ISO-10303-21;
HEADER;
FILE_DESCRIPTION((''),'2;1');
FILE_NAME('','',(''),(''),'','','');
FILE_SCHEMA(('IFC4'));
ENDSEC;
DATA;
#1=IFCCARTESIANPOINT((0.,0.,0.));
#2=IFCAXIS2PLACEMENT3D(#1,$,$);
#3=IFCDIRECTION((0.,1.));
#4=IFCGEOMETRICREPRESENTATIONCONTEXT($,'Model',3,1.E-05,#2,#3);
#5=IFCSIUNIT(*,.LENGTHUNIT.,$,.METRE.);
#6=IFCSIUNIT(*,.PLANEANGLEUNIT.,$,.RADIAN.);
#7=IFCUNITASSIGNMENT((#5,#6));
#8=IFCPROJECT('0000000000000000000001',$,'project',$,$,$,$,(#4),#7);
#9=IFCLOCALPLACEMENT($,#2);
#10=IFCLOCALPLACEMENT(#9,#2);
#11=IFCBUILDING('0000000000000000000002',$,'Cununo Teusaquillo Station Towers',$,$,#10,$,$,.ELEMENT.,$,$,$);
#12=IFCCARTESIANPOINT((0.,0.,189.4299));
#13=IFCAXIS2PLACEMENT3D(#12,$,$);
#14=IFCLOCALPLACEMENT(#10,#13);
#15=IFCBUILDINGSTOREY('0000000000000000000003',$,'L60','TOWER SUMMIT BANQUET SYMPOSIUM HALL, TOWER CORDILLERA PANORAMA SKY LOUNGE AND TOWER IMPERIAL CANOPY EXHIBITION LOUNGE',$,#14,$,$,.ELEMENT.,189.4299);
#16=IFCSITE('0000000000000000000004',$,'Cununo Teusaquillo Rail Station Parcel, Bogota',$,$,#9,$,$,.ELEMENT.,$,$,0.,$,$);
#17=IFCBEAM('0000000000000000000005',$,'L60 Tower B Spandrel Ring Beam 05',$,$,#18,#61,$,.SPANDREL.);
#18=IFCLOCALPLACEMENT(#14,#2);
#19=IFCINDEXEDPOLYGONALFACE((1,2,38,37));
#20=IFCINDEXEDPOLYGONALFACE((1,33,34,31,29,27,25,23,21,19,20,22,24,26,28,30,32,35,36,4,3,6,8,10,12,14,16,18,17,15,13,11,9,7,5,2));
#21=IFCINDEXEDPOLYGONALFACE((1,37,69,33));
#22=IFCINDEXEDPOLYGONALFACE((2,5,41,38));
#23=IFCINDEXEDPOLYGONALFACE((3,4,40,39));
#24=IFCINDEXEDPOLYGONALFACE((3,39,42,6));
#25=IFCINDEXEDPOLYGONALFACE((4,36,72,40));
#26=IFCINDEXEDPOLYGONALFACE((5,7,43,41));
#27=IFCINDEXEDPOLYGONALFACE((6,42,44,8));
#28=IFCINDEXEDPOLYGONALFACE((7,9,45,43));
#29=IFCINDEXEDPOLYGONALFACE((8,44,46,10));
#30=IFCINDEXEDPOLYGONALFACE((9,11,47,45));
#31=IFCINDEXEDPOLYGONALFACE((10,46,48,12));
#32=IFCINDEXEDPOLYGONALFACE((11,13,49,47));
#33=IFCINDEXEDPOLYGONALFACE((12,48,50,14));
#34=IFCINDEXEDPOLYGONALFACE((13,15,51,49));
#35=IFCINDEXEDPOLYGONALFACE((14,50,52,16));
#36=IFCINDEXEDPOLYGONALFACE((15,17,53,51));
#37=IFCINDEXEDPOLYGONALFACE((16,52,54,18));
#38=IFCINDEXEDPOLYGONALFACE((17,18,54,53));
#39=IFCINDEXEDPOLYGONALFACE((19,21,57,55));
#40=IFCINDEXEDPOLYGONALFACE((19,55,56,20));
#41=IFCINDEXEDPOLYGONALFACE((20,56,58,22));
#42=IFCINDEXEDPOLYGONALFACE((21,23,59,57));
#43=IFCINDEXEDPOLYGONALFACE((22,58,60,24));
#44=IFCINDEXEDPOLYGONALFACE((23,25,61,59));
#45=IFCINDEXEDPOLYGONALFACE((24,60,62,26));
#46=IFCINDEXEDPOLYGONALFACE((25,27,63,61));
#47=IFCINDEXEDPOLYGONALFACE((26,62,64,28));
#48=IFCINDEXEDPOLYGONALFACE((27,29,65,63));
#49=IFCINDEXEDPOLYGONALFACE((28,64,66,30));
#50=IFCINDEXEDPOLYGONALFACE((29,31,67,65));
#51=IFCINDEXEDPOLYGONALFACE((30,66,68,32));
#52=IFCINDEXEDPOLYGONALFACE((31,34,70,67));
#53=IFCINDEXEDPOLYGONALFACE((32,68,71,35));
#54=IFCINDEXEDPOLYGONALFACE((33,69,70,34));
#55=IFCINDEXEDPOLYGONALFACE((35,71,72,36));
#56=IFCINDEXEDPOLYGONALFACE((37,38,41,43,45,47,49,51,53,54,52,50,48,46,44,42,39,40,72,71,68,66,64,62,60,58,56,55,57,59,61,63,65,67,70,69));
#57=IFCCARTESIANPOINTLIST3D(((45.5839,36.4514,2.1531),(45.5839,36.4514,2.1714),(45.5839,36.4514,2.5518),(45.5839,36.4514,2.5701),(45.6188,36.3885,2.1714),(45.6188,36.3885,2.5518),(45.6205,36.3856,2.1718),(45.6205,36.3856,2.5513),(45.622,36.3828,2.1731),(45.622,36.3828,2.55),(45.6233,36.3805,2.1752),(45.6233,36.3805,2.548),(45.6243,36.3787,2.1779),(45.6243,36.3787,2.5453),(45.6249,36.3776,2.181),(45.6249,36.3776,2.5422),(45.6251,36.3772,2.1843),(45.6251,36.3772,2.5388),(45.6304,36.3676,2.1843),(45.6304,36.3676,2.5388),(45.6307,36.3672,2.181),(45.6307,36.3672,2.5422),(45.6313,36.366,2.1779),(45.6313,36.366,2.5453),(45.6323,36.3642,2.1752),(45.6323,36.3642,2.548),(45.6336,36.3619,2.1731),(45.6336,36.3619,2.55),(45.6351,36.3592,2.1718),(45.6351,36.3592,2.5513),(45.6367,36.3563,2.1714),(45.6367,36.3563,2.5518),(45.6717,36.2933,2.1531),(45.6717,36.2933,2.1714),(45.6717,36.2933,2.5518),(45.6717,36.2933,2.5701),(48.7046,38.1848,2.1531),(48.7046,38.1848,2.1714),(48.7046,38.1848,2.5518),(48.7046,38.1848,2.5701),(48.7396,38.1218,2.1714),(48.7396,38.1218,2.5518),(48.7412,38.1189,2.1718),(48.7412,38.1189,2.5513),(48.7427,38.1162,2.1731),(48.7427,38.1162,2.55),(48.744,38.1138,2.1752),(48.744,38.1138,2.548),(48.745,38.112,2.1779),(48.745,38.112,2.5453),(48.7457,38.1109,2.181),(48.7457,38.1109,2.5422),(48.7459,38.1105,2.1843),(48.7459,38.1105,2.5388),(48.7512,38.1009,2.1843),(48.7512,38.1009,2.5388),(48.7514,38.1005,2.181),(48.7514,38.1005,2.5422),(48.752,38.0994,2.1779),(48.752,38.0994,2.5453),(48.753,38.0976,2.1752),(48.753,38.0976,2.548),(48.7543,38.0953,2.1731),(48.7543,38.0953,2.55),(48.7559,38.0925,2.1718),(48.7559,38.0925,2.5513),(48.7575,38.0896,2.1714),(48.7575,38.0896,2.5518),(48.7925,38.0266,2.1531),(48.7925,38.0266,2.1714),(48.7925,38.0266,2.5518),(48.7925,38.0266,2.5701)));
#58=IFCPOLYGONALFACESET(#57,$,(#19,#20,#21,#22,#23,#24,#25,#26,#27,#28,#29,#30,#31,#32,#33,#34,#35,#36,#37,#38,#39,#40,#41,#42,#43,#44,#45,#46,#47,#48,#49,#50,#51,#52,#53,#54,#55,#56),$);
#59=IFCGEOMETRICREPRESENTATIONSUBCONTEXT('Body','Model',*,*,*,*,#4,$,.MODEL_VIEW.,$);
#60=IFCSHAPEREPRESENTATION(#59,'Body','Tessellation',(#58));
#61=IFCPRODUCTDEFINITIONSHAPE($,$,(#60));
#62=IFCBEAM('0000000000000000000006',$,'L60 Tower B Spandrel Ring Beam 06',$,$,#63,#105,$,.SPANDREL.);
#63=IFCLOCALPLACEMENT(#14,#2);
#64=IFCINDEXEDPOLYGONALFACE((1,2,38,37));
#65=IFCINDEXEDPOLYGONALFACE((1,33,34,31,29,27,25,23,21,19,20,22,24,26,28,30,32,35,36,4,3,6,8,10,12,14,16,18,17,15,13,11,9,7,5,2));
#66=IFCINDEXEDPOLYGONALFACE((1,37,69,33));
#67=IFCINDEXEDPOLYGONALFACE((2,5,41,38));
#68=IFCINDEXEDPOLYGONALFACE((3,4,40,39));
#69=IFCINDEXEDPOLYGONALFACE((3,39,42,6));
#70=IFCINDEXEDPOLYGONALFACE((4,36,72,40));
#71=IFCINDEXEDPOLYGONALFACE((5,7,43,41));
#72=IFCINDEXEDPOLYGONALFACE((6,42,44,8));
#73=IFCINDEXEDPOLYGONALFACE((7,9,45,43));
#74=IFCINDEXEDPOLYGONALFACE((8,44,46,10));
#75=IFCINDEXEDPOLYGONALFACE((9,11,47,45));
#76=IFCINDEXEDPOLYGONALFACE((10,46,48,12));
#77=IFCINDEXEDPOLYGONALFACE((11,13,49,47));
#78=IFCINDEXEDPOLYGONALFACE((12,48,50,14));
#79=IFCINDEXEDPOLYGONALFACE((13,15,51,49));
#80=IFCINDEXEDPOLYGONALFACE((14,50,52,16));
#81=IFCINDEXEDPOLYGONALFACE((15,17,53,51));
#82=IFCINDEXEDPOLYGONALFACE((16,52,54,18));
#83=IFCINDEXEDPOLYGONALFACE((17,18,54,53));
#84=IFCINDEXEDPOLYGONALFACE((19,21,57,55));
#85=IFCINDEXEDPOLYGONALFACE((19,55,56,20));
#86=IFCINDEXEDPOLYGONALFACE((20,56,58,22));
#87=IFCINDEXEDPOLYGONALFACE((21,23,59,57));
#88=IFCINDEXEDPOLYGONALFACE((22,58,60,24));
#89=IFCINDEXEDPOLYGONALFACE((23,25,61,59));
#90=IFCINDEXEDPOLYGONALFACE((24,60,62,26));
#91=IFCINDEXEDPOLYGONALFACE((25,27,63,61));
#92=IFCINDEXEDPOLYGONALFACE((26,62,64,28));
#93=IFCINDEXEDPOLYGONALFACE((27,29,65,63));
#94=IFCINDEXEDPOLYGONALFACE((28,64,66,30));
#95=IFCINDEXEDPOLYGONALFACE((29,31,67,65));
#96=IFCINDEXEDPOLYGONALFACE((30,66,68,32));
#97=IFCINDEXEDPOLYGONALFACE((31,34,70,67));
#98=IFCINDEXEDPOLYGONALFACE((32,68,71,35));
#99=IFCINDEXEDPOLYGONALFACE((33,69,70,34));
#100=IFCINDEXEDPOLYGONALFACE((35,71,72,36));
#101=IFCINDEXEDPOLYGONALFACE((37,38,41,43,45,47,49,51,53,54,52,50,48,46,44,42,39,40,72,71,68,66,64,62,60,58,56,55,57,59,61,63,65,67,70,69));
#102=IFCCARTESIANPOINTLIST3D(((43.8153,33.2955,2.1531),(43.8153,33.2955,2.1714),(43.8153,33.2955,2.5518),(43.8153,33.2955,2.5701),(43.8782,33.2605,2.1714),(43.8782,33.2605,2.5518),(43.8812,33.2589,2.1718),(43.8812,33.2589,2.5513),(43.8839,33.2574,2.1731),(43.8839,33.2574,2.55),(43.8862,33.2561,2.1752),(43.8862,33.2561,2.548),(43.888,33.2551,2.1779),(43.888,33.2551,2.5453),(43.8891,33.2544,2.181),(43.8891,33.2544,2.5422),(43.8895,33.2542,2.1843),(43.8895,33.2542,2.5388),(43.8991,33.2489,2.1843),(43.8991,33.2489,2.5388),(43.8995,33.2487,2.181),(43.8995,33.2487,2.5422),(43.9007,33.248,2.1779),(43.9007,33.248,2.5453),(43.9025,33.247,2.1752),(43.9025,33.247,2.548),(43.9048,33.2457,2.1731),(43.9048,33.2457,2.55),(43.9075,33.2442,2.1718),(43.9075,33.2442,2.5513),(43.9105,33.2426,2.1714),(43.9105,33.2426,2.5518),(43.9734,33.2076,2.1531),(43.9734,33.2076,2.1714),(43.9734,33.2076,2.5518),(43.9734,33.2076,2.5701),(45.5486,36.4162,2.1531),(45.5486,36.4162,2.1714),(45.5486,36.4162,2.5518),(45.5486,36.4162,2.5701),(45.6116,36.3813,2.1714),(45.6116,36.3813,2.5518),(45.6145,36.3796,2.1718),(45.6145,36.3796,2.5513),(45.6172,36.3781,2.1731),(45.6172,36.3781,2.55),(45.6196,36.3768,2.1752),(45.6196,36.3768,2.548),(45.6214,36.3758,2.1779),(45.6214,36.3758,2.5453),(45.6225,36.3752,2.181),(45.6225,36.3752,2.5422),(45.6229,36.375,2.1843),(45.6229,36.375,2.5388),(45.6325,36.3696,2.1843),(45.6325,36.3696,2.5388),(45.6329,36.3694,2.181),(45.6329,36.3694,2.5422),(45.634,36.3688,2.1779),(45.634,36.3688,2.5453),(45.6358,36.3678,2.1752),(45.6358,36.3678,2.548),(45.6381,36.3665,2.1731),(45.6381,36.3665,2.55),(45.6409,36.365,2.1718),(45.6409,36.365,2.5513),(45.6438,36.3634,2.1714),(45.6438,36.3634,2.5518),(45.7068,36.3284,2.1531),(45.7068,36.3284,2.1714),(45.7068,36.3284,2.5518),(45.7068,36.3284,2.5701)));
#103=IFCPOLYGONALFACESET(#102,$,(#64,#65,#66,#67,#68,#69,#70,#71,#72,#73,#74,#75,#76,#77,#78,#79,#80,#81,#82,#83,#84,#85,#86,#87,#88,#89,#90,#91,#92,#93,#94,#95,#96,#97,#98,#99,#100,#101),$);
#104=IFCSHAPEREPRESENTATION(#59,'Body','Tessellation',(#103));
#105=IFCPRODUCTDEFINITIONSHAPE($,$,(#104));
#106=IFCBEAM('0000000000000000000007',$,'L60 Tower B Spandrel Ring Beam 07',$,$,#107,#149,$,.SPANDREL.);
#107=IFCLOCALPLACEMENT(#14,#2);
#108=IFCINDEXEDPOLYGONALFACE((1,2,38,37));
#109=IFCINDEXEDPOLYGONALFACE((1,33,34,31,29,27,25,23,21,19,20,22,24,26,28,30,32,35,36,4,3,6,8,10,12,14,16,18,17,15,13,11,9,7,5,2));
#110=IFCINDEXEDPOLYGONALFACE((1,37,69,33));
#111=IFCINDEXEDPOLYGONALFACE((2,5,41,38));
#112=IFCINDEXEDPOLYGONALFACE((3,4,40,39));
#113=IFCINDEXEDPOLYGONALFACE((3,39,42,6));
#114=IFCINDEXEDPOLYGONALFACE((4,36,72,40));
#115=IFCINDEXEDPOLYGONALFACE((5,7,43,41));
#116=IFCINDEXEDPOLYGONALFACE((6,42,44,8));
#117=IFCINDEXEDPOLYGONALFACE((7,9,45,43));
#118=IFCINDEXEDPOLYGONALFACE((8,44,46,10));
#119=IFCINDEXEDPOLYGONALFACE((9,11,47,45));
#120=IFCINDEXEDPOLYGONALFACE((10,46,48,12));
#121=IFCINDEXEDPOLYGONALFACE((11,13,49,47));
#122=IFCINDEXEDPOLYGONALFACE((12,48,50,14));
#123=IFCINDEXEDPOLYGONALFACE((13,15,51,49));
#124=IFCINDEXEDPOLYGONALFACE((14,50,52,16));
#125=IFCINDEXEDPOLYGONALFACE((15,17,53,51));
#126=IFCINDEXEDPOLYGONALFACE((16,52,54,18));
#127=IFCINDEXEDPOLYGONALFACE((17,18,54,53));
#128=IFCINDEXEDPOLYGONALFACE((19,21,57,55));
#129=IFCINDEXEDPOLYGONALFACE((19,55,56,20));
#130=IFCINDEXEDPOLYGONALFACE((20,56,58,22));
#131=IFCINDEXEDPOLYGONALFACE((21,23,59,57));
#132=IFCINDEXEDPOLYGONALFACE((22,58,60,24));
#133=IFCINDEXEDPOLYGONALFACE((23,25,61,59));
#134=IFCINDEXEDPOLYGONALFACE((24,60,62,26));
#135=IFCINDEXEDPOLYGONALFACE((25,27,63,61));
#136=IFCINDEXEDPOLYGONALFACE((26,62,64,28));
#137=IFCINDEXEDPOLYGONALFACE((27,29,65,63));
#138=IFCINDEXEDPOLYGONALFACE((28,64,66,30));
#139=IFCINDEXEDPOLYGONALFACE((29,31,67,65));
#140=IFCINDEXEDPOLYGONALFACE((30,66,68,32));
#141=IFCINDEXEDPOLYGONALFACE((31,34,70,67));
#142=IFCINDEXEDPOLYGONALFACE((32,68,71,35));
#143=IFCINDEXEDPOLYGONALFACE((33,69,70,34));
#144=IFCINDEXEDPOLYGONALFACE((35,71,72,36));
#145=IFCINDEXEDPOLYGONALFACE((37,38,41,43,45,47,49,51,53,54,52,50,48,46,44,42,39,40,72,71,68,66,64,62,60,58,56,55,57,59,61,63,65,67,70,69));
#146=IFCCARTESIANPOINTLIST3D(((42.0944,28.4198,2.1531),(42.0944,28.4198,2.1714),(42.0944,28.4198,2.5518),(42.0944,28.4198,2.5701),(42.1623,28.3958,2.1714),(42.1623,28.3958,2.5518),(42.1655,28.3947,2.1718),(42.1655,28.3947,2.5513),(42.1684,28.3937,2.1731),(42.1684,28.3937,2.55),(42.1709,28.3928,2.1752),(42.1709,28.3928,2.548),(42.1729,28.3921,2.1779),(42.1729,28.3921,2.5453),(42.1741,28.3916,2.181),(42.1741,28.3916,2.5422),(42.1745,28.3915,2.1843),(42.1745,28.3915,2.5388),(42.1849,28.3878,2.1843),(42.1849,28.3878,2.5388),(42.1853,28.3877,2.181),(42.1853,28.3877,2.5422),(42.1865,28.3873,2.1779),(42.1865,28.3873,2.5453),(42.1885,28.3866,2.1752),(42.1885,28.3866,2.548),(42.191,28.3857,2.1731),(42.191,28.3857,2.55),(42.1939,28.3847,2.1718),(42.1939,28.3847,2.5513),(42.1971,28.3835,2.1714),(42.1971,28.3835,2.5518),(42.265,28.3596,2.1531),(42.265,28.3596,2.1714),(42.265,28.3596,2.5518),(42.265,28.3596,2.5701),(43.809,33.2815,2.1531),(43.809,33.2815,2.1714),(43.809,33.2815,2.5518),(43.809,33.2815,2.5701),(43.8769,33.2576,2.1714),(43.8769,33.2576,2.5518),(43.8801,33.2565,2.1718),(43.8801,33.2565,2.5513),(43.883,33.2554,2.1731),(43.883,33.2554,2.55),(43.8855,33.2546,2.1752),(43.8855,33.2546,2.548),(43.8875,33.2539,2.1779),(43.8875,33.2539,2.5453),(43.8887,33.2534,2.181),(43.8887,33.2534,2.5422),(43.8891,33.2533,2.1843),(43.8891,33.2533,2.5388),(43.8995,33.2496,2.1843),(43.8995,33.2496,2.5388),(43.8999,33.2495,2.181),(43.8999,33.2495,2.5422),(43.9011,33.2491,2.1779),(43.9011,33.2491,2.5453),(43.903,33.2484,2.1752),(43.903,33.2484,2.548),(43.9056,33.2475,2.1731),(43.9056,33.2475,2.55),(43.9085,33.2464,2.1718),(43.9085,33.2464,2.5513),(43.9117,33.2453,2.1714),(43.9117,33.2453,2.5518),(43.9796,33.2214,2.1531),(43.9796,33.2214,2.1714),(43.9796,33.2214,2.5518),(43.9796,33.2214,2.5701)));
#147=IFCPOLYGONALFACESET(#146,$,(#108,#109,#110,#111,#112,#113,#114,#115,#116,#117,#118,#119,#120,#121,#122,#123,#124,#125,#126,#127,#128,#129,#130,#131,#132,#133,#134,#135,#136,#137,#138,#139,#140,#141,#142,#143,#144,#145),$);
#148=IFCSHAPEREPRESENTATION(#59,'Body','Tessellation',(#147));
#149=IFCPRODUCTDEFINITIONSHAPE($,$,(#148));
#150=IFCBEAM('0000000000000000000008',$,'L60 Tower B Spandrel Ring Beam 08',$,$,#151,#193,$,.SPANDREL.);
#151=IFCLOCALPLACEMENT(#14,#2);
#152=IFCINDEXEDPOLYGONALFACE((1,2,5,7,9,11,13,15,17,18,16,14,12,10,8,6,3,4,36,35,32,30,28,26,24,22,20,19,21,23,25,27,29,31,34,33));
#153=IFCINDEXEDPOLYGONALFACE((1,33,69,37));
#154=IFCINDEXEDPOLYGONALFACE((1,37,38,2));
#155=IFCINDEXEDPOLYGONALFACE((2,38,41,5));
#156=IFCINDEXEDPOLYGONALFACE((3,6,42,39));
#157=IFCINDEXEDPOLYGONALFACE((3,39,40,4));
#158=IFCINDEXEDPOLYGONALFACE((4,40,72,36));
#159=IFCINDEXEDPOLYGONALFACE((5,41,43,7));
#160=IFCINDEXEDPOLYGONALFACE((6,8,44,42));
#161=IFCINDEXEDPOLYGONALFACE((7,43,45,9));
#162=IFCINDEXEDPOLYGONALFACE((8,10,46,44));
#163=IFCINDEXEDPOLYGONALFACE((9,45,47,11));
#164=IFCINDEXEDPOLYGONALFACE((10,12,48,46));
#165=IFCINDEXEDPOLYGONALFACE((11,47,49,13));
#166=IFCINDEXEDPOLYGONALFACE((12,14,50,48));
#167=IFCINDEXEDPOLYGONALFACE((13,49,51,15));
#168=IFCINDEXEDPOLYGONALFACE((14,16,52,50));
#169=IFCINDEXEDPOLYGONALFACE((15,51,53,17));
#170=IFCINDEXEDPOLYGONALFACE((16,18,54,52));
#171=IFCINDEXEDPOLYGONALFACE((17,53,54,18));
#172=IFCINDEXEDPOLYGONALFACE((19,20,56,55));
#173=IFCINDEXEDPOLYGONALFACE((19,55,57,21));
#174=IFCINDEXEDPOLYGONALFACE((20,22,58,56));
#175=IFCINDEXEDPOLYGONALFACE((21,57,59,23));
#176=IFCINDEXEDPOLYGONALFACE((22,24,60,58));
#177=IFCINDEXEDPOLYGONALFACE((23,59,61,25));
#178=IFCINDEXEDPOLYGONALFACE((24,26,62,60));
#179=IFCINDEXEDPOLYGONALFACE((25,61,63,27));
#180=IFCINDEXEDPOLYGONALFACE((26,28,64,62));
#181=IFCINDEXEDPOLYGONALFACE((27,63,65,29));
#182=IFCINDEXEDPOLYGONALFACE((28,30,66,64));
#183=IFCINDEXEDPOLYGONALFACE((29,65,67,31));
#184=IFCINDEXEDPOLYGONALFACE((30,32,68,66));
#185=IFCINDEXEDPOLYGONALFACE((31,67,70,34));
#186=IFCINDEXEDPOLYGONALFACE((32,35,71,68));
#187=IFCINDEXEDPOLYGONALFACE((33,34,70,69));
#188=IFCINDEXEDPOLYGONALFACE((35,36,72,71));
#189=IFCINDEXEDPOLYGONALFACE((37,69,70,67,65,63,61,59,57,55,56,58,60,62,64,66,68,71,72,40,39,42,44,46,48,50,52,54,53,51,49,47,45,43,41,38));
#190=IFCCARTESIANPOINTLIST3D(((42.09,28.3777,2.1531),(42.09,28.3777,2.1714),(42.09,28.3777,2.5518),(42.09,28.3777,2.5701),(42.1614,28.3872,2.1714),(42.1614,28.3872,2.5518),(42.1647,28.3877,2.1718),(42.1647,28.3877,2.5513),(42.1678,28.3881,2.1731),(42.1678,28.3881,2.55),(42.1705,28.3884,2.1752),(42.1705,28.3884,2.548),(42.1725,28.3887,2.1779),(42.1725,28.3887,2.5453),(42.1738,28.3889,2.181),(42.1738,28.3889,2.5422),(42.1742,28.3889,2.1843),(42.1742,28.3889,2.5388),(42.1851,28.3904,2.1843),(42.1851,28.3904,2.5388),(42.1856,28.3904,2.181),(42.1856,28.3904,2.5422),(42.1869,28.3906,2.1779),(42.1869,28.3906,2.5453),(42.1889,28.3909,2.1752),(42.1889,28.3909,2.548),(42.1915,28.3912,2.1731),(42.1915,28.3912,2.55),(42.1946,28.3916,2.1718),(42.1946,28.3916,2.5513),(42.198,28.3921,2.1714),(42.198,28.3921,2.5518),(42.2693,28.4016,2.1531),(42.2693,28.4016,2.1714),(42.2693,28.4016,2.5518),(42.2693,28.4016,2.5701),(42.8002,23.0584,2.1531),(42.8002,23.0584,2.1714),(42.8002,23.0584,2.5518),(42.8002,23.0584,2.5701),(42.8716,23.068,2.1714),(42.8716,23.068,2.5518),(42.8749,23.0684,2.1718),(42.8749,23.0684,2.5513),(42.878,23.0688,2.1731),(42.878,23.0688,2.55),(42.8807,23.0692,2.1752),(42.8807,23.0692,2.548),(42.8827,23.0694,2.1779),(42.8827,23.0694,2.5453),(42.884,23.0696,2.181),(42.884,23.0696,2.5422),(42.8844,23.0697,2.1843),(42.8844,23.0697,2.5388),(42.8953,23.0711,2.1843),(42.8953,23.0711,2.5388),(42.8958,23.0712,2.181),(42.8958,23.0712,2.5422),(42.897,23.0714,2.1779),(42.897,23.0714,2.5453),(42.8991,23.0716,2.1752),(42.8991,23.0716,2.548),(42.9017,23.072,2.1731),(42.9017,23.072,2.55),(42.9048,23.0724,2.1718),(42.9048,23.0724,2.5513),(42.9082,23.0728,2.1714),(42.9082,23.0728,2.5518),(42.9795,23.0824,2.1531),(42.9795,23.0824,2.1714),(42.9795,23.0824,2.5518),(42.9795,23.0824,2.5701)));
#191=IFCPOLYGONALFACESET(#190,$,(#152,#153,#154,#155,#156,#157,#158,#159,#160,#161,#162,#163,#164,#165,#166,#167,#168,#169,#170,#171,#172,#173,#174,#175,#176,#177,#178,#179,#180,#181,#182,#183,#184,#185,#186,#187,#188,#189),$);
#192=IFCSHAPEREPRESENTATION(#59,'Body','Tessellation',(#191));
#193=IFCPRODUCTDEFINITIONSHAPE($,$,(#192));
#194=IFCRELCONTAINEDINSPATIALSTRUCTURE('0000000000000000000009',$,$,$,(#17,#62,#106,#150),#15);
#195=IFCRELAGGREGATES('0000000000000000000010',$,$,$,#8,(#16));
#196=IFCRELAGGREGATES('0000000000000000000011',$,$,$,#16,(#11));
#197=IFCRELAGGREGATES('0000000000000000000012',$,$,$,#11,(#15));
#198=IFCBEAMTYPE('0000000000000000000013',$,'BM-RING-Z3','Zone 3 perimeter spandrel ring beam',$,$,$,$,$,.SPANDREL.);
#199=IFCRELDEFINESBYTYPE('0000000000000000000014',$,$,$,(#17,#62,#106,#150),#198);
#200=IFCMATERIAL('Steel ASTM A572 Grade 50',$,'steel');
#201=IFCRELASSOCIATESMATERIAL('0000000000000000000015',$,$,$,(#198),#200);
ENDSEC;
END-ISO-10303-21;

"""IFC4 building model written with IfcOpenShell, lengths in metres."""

from ifc_helpers import new_model, si_unit, direction, frame, origin, origin_2d, place, context, subcontext, project, spatial, i_section, extrude, material, material_profile, profile_set, type_object, element, save


model = new_model("IFC4")

# Units and contexts
model_context = context("Model", 3, precision=1e-05, world=origin(), true_north=direction((0.0, 1.0)))
body_context = subcontext(model_context, "Body", "Model", "MODEL_VIEW")
ifc_project = project(units=[si_unit("LENGTHUNIT", "METRE"), si_unit("PLANEANGLEUNIT", "RADIAN")], contexts=[model_context])

# Site, building, storey
site_placement = place(None, origin())
site = spatial("IfcSite", under=ifc_project, at=site_placement, Name="Cununo Teusaquillo Rail Station Parcel, Bogota", CompositionType="ELEMENT", RefElevation=0.0)
building_placement = place(site_placement, origin())
building = spatial("IfcBuilding", under=site, at=building_placement, Name="Cununo Teusaquillo Station Towers", CompositionType="ELEMENT")
storey_placement = place(building_placement, frame((0.0, 0.0, 189.4299)))
storey = spatial("IfcBuildingStorey", under=building, at=storey_placement, Name="L60", Description="TOWER SUMMIT BANQUET SYMPOSIUM HALL, TOWER CORDILLERA PANORAMA SKY LOUNGE AND TOWER IMPERIAL CANOPY EXHIBITION LOUNGE", CompositionType="ELEMENT", Elevation=189.4299)

# Beams
ifc_material_1 = material(Name="Steel ASTM A572 Grade 50", Category="steel")
ifc_material_profile_1 = material_profile(ifc_material_1, i_section(OverallWidth=0.1809, OverallDepth=0.417, WebThickness=0.011, FlangeThickness=0.0183, FilletRadius=0.0129, at=origin_2d()), Name="W16X57")
ifc_profile_set_1 = profile_set([ifc_material_profile_1], Name="Steel ASTM A572 Grade 50")
beam_type_1 = type_object("IfcBeamType", Name="BM-RING-Z3", Description="Zone 3 perimeter spandrel ring beam", PredefinedType="SPANDREL", material=ifc_profile_set_1)
for number, where, z_axis, x_axis, name in (
    (1, (48.7485, 38.1057, 2.3616), (-0.874206, -0.485556, 0.0), (0.485556, -0.874206, 0.0), "L60 Tower B Spandrel Ring Beam 05"),
    (2, (45.6277, 36.3723, 2.3616), (-0.485556, -0.874206, 0.0), (0.874206, -0.485556, 0.0), "L60 Tower B Spandrel Ring Beam 06"),
):
    element("IfcBeam", number, at=place(storey_placement, frame(where, z_axis=z_axis, x_axis=x_axis)), inside=storey, type_object=beam_type_1, Name=name, PredefinedType="SPANDREL", context=body_context, shape_type="SweptSolid", body=[
        extrude(i_section(OverallWidth=0.1809, OverallDepth=0.417, WebThickness=0.011, FlangeThickness=0.0183, FilletRadius=0.0129, at=origin_2d()), origin(), (0.0, 0.0, 1.0), 3.5698),
    ])
beam_1_placement = place(storey_placement, frame((43.8943, 33.2515, 2.3616), z_axis=(-0.33259, -0.943072, 0.0), x_axis=(0.943072, -0.33259, 0.0)))
element("IfcBeam", 3, at=beam_1_placement, inside=storey, type_object=beam_type_1, Name="L60 Tower B Spandrel Ring Beam 07", PredefinedType="SPANDREL", context=body_context, shape_type="SweptSolid", body=[
    extrude(i_section(OverallWidth=0.1809, OverallDepth=0.417, WebThickness=0.011, FlangeThickness=0.0183, FilletRadius=0.0129, at=origin_2d()), origin(), (0.0, 0.0, 1.0), 5.1553),
])
beam_2_placement = place(storey_placement, frame((42.1797, 28.3896, 2.3616), z_axis=(0.13234, -0.991204, 0.0), x_axis=(0.991204, 0.13234, 0.0)))
element("IfcBeam", 4, at=beam_2_placement, inside=storey, type_object=beam_type_1, Name="L60 Tower B Spandrel Ring Beam 08", PredefinedType="SPANDREL", context=body_context, shape_type="SweptSolid", body=[
    extrude(i_section(OverallWidth=0.1809, OverallDepth=0.417, WebThickness=0.011, FlangeThickness=0.0183, FilletRadius=0.0129, at=origin_2d()), origin(), (0.0, 0.0, 1.0), 5.3665),
])

save(model, "model.ifc")
